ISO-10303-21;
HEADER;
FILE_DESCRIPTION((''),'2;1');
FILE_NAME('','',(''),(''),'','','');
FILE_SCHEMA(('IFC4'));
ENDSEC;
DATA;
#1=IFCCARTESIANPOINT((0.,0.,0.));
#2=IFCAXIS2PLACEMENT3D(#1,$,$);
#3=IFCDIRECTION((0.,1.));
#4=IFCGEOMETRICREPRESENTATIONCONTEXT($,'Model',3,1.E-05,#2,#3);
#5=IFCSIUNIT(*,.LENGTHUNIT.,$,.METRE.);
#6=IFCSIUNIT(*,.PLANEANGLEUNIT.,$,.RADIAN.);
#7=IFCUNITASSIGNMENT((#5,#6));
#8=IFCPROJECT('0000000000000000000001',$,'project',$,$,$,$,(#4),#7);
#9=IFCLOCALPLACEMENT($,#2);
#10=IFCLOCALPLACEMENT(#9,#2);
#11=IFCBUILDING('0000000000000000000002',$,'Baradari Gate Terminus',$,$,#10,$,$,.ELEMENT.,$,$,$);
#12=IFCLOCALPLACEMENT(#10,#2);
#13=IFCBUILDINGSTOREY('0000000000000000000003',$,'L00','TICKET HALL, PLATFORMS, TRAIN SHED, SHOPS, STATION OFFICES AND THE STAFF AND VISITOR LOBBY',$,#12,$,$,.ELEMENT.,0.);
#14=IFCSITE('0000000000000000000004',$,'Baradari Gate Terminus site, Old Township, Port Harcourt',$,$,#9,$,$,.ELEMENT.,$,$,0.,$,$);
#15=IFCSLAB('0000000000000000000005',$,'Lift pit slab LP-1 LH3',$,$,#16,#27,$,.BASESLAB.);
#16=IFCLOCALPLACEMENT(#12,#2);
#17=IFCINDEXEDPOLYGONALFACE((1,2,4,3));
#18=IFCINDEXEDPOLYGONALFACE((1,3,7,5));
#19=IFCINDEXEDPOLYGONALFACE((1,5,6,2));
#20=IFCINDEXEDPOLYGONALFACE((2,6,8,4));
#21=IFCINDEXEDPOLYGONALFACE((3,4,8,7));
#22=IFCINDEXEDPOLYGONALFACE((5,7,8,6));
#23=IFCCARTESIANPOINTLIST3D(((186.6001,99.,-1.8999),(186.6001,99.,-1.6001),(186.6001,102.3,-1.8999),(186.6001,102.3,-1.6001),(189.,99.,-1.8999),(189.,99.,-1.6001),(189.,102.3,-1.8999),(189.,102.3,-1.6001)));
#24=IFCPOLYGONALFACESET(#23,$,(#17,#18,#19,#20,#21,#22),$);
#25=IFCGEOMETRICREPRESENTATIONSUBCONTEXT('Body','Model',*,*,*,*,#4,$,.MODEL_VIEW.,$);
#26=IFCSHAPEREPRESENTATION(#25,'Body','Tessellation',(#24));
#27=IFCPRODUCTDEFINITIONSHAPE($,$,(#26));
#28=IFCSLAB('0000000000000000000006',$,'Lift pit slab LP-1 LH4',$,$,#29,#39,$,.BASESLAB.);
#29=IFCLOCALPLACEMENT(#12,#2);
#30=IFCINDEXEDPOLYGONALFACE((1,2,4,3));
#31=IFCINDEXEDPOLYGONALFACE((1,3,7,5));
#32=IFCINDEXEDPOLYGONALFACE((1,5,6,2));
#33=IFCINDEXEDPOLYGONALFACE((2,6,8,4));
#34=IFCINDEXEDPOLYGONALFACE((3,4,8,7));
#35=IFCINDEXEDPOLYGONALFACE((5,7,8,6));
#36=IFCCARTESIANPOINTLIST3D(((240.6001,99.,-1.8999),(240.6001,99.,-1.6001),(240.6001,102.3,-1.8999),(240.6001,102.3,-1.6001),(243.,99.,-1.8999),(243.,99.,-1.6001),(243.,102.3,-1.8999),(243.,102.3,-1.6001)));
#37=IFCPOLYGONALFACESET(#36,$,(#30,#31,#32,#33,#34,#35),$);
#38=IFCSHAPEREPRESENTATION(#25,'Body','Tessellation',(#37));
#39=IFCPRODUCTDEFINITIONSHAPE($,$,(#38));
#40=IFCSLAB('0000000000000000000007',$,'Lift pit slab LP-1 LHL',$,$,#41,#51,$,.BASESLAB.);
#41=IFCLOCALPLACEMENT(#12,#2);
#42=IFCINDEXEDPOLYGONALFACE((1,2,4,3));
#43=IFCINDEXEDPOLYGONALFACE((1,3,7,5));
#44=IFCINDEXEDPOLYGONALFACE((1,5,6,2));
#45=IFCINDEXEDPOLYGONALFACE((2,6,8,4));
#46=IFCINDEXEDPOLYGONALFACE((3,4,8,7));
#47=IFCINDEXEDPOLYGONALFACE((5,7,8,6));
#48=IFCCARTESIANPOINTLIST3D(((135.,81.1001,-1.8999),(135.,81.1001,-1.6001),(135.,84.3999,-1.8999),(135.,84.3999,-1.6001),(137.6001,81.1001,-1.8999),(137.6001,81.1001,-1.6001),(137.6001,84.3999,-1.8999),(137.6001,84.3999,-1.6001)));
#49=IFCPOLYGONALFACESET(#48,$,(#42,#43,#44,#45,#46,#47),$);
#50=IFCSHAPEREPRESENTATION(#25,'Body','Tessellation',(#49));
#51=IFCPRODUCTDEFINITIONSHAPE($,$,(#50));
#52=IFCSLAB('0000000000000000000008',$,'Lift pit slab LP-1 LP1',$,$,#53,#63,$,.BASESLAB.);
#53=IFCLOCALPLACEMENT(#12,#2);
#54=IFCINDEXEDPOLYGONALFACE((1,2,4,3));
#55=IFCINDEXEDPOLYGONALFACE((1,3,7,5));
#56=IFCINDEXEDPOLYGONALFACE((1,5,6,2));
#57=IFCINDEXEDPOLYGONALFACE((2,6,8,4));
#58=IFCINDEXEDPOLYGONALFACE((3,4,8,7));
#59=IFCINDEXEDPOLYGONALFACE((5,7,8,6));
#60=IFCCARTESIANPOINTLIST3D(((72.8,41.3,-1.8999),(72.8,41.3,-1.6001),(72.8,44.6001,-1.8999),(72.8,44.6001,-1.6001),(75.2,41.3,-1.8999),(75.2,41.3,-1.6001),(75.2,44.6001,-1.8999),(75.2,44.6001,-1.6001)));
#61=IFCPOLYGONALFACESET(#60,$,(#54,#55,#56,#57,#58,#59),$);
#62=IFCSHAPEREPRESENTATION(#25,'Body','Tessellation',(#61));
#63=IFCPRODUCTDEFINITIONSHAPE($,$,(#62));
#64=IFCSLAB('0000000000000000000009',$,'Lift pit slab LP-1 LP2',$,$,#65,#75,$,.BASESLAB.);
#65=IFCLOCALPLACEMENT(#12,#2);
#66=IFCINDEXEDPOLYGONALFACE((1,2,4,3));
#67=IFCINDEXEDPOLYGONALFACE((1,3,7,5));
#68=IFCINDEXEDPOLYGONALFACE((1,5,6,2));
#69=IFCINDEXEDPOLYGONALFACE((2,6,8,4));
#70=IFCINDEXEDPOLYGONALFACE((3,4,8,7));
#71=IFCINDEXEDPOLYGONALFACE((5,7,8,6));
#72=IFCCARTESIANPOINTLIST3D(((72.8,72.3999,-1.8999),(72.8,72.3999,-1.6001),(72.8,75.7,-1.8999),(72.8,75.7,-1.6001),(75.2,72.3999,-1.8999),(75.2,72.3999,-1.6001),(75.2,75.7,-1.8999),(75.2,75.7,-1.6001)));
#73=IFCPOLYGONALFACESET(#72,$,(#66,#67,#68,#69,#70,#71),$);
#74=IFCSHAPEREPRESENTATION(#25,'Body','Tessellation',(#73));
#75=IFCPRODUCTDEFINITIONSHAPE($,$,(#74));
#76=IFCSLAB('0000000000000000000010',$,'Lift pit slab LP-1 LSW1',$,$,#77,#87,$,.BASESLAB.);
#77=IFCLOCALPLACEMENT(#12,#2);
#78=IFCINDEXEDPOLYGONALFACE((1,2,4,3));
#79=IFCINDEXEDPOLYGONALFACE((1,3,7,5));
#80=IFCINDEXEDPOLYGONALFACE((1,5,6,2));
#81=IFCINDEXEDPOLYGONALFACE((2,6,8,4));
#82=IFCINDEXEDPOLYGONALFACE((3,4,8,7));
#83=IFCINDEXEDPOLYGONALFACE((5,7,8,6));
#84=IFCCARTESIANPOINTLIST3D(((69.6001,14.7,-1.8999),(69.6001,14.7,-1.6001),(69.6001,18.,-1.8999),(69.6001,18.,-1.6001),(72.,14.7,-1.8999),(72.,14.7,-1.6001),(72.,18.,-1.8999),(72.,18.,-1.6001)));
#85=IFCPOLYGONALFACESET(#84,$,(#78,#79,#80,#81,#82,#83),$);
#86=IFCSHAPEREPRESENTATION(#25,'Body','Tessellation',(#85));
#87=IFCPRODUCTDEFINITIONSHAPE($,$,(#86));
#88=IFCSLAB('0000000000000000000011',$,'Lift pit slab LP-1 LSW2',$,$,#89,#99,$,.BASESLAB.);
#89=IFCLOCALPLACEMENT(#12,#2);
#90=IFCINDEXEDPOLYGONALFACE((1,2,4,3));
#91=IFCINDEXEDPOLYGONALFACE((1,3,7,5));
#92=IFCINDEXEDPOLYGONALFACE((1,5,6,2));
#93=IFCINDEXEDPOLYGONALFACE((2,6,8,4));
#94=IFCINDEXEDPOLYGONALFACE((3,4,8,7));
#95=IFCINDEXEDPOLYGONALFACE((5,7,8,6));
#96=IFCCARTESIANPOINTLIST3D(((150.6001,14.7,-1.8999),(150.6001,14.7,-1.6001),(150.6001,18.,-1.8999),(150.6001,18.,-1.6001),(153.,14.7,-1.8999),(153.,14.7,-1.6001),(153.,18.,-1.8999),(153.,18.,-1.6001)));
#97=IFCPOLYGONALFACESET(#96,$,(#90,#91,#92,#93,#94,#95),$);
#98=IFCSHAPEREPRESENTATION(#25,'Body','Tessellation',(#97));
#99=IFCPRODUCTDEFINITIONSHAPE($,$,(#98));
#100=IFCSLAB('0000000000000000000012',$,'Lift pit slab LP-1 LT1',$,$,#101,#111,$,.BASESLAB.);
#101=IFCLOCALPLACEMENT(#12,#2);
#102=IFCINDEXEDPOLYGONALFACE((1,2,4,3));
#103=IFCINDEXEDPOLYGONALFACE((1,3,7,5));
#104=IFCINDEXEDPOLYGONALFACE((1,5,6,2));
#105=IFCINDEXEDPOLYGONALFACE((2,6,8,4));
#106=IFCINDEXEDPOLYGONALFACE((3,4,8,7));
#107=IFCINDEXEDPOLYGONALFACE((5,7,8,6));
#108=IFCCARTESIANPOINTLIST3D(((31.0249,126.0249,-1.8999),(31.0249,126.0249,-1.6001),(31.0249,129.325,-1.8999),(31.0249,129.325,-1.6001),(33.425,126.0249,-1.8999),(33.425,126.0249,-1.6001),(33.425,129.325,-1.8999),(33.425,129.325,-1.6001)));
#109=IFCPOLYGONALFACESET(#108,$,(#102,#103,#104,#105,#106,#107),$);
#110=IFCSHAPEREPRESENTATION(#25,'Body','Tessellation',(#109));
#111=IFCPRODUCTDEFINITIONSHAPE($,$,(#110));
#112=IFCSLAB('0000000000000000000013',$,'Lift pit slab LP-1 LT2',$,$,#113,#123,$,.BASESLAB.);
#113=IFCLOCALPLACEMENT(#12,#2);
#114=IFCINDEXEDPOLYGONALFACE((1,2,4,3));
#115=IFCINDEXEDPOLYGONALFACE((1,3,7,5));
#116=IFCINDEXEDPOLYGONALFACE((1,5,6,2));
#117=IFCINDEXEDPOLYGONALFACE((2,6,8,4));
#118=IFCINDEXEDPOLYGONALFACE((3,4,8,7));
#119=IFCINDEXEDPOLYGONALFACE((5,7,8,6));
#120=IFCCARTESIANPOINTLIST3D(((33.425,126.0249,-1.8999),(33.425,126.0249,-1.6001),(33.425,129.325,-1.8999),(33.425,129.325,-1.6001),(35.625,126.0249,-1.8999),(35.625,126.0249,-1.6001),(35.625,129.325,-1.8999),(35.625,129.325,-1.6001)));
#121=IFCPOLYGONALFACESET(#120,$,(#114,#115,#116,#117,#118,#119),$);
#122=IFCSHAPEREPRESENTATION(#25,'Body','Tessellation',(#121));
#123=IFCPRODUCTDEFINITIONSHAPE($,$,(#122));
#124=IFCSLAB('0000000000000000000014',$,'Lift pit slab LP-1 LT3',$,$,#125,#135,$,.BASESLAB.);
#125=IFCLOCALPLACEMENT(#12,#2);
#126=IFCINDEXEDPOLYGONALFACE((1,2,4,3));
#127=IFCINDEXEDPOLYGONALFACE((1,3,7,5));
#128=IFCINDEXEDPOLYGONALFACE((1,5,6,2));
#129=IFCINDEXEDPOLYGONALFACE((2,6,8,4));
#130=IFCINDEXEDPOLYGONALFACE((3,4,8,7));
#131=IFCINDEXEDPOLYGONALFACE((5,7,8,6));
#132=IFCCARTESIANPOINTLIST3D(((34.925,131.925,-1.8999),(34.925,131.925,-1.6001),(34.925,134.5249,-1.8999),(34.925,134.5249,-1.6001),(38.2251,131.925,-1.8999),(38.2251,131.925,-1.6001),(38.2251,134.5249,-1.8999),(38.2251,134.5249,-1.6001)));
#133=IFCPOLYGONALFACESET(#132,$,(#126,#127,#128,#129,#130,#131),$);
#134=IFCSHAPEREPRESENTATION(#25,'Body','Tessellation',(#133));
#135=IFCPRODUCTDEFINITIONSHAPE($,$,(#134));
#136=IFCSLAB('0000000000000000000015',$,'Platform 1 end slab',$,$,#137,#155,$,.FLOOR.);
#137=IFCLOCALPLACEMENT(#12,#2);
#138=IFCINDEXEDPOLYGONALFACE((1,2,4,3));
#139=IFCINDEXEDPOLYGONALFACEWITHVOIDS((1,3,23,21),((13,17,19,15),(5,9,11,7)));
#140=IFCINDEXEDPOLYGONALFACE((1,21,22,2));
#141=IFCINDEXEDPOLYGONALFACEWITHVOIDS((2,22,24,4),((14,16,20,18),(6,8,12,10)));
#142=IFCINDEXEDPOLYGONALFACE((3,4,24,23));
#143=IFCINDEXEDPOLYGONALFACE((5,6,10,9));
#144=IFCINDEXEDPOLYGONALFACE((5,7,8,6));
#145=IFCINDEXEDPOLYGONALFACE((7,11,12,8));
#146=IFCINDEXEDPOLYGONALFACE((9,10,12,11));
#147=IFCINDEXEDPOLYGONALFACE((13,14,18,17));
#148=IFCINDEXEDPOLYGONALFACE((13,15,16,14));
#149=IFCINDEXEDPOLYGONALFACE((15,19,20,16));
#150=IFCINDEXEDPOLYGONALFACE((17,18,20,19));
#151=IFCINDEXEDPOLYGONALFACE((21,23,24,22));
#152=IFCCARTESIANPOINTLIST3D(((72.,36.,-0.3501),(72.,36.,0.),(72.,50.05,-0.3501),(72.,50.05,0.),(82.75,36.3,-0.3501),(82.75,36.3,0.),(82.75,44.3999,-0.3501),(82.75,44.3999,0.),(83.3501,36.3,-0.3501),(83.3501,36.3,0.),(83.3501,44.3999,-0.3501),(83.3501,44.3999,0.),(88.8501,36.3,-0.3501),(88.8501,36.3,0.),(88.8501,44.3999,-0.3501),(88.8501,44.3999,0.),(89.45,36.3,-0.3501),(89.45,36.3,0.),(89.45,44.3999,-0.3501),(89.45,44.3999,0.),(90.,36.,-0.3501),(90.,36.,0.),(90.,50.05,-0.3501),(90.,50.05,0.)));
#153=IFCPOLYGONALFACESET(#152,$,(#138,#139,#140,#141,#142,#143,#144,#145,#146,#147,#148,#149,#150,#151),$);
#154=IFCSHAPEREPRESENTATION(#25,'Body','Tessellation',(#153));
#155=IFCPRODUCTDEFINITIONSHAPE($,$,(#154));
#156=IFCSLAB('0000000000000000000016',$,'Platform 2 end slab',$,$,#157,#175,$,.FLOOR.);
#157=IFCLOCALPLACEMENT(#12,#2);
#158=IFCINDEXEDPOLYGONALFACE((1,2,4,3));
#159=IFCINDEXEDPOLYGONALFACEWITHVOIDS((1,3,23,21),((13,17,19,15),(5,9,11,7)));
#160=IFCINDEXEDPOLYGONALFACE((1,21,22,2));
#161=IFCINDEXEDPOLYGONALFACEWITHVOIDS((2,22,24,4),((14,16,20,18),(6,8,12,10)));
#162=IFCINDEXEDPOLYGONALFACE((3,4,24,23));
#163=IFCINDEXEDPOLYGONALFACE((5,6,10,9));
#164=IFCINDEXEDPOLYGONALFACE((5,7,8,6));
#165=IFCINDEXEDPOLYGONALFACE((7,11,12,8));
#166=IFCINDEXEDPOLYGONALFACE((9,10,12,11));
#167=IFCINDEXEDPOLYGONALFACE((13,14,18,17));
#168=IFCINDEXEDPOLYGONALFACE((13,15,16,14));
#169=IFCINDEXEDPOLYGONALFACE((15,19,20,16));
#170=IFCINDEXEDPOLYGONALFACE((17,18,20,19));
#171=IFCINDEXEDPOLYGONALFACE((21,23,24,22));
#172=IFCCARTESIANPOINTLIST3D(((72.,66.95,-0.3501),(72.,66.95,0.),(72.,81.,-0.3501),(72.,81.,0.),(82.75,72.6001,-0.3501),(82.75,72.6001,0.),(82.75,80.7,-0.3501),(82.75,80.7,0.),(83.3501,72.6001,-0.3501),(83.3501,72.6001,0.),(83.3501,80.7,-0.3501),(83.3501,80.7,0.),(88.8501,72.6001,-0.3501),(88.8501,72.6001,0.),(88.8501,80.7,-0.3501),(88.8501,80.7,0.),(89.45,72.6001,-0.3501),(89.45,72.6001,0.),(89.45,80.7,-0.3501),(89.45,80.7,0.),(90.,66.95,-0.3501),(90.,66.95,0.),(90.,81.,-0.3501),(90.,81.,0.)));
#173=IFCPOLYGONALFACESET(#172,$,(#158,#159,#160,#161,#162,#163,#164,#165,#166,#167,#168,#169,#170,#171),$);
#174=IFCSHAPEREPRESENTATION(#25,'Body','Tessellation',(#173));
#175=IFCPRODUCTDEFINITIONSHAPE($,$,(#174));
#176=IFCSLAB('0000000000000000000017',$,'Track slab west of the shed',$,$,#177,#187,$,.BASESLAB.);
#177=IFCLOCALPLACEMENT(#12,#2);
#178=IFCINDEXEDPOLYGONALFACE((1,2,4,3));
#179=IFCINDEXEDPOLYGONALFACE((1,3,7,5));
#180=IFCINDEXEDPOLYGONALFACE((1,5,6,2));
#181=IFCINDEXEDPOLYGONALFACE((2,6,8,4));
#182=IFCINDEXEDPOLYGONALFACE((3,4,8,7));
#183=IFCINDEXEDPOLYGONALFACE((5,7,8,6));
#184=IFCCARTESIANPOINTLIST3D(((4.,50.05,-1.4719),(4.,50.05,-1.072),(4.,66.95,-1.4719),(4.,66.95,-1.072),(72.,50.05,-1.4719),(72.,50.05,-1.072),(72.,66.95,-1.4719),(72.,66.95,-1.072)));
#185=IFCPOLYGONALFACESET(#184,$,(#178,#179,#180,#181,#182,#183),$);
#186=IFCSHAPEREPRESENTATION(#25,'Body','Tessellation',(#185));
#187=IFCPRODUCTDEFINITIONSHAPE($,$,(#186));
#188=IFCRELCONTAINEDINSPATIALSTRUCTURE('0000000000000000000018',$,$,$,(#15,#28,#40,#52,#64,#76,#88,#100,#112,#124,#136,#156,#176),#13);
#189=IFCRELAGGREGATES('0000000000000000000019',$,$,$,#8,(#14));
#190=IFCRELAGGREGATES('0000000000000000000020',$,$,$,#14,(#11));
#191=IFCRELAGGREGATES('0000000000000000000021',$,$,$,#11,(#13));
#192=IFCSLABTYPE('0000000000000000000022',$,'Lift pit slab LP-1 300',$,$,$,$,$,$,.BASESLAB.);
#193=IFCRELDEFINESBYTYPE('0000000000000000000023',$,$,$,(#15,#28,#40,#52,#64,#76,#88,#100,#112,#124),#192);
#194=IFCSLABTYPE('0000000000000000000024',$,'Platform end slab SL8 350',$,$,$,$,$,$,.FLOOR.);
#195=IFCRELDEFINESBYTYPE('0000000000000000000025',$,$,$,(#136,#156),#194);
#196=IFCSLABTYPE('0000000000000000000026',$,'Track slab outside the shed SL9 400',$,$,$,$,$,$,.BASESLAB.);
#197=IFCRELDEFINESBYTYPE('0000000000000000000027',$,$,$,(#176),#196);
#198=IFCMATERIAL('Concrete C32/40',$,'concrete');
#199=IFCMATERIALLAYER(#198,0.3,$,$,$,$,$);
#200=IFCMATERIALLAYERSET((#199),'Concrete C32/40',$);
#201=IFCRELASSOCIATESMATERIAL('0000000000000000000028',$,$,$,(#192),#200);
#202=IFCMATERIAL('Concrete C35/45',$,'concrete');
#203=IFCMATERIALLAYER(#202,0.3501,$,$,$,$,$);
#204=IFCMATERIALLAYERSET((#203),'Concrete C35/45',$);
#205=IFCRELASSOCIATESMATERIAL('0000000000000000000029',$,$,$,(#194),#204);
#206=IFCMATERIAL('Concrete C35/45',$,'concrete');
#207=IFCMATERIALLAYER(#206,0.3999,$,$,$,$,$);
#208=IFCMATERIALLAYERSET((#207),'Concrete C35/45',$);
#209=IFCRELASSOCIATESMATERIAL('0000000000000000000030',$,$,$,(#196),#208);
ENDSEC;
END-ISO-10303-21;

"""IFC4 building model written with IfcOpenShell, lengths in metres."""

from ifc_helpers import new_model, si_unit, direction, frame, origin, place, context, subcontext, project, spatial, polyline, outline, extrude, material, layer, layer_set, type_object, element, save


model = new_model("IFC4")

# Units and contexts
model_context = context("Model", 3, precision=1e-05, world=origin(), true_north=direction((0.0, 1.0)))
body_context = subcontext(model_context, "Body", "Model", "MODEL_VIEW")
ifc_project = project(units=[si_unit("LENGTHUNIT", "METRE"), si_unit("PLANEANGLEUNIT", "RADIAN")], contexts=[model_context])

# Site, building, storey
site_placement = place(None, origin())
site = spatial("IfcSite", under=ifc_project, at=site_placement, Name="Baradari Gate Terminus site, Old Township, Port Harcourt", CompositionType="ELEMENT", RefElevation=0.0)
building_placement = place(site_placement, origin())
building = spatial("IfcBuilding", under=site, at=building_placement, Name="Baradari Gate Terminus", CompositionType="ELEMENT")
storey_placement = place(building_placement, origin())
storey = spatial("IfcBuildingStorey", under=building, at=storey_placement, Name="L00", Description="TICKET HALL, PLATFORMS, TRAIN SHED, SHOPS, STATION OFFICES AND THE STAFF AND VISITOR LOBBY", CompositionType="ELEMENT", Elevation=0.0)

# Slabs
ifc_material_1 = material(Name="Concrete C32/40", Category="concrete")
ifc_layer_1 = layer(ifc_material_1, 0.3)
ifc_layer_set_1 = layer_set([ifc_layer_1], Name="Concrete C32/40")
slab_type_1 = type_object("IfcSlabType", Name="Lift pit slab LP-1 300", PredefinedType="BASESLAB", material=ifc_layer_set_1)
slab_1_placement = place(storey_placement, frame((0.0, 0.0, -1.8999)))
element("IfcSlab", 1, at=slab_1_placement, inside=storey, type_object=slab_type_1, Name="Lift pit slab LP-1 LH3", PredefinedType="BASESLAB", context=body_context, shape_type="SweptSolid", body=[
    extrude(outline(polyline([(186.6001, 99.0), (186.6001, 102.3), (189.0, 102.3), (189.0, 99.0), (186.6001, 99.0)])), origin(), (0.0, 0.0, 1.0), 0.2998),
])
slab_2_placement = place(storey_placement, frame((0.0, 0.0, -1.8999)))
element("IfcSlab", 2, at=slab_2_placement, inside=storey, type_object=slab_type_1, Name="Lift pit slab LP-1 LH4", PredefinedType="BASESLAB", context=body_context, shape_type="SweptSolid", body=[
    extrude(outline(polyline([(240.6001, 99.0), (240.6001, 102.3), (243.0, 102.3), (243.0, 99.0), (240.6001, 99.0)])), origin(), (0.0, 0.0, 1.0), 0.2998),
])
slab_3_placement = place(storey_placement, frame((0.0, 0.0, -1.8999)))
element("IfcSlab", 3, at=slab_3_placement, inside=storey, type_object=slab_type_1, Name="Lift pit slab LP-1 LHL", PredefinedType="BASESLAB", context=body_context, shape_type="SweptSolid", body=[
    extrude(outline(polyline([(135.0, 81.1001), (135.0, 84.3999), (137.6001, 84.3999), (137.6001, 81.1001), (135.0, 81.1001)])), origin(), (0.0, 0.0, 1.0), 0.2998),
])
slab_4_placement = place(storey_placement, frame((0.0, 0.0, -1.8999)))
element("IfcSlab", 4, at=slab_4_placement, inside=storey, type_object=slab_type_1, Name="Lift pit slab LP-1 LP1", PredefinedType="BASESLAB", context=body_context, shape_type="SweptSolid", body=[
    extrude(outline(polyline([(72.8, 41.3), (72.8, 44.6001), (75.2, 44.6001), (75.2, 41.3), (72.8, 41.3)])), origin(), (0.0, 0.0, 1.0), 0.2998),
])
slab_5_placement = place(storey_placement, frame((0.0, 0.0, -1.8999)))
element("IfcSlab", 5, at=slab_5_placement, inside=storey, type_object=slab_type_1, Name="Lift pit slab LP-1 LP2", PredefinedType="BASESLAB", context=body_context, shape_type="SweptSolid", body=[
    extrude(outline(polyline([(72.8, 72.3999), (72.8, 75.7), (75.2, 75.7), (75.2, 72.3999), (72.8, 72.3999)])), origin(), (0.0, 0.0, 1.0), 0.2998),
])
slab_6_placement = place(storey_placement, frame((0.0, 0.0, -1.8999)))
element("IfcSlab", 6, at=slab_6_placement, inside=storey, type_object=slab_type_1, Name="Lift pit slab LP-1 LSW1", PredefinedType="BASESLAB", context=body_context, shape_type="SweptSolid", body=[
    extrude(outline(polyline([(69.6001, 14.7), (69.6001, 18.0), (72.0, 18.0), (72.0, 14.7), (69.6001, 14.7)])), origin(), (0.0, 0.0, 1.0), 0.2998),
])
slab_7_placement = place(storey_placement, frame((0.0, 0.0, -1.8999)))
element("IfcSlab", 7, at=slab_7_placement, inside=storey, type_object=slab_type_1, Name="Lift pit slab LP-1 LSW2", PredefinedType="BASESLAB", context=body_context, shape_type="SweptSolid", body=[
    extrude(outline(polyline([(150.6001, 14.7), (150.6001, 18.0), (153.0, 18.0), (153.0, 14.7), (150.6001, 14.7)])), origin(), (0.0, 0.0, 1.0), 0.2998),
])
slab_8_placement = place(storey_placement, frame((0.0, 0.0, -1.8999)))
element("IfcSlab", 8, at=slab_8_placement, inside=storey, type_object=slab_type_1, Name="Lift pit slab LP-1 LT1", PredefinedType="BASESLAB", context=body_context, shape_type="SweptSolid", body=[
    extrude(outline(polyline([(31.0249, 126.0249), (31.0249, 129.325), (33.425, 129.325), (33.425, 126.0249), (31.0249, 126.0249)])), origin(), (0.0, 0.0, 1.0), 0.2998),
])
slab_9_placement = place(storey_placement, frame((0.0, 0.0, -1.8999)))
element("IfcSlab", 9, at=slab_9_placement, inside=storey, type_object=slab_type_1, Name="Lift pit slab LP-1 LT2", PredefinedType="BASESLAB", context=body_context, shape_type="SweptSolid", body=[
    extrude(outline(polyline([(35.625, 129.325), (35.625, 126.0249), (33.425, 126.0249), (33.425, 129.325), (35.625, 129.325)])), origin(), (0.0, 0.0, 1.0), 0.2998),
])
slab_10_placement = place(storey_placement, frame((0.0, 0.0, -1.8999)))
element("IfcSlab", 10, at=slab_10_placement, inside=storey, type_object=slab_type_1, Name="Lift pit slab LP-1 LT3", PredefinedType="BASESLAB", context=body_context, shape_type="SweptSolid", body=[
    extrude(outline(polyline([(34.925, 131.925), (34.925, 134.5249), (38.2251, 134.5249), (38.2251, 131.925), (34.925, 131.925)])), origin(), (0.0, 0.0, 1.0), 0.2998),
])
ifc_material_2 = material(Name="Concrete C35/45", Category="concrete")
ifc_layer_2 = layer(ifc_material_2, 0.3501)
ifc_layer_set_2 = layer_set([ifc_layer_2], Name="Concrete C35/45")
slab_type_2 = type_object("IfcSlabType", Name="Platform end slab SL8 350", PredefinedType="FLOOR", material=ifc_layer_set_2)
slab_11_placement = place(storey_placement, frame((0.0, 0.0, -0.3501)))
element("IfcSlab", 11, at=slab_11_placement, inside=storey, type_object=slab_type_2, Name="Platform 1 end slab", PredefinedType="FLOOR", context=body_context, shape_type="SweptSolid", body=[
    extrude(outline(polyline([(72.0, 36.0), (90.0, 36.0), (90.0, 50.05), (72.0, 50.05), (72.0, 36.0)]), holes=[polyline([(83.3501, 36.3), (83.3501, 44.3999), (82.75, 44.3999), (82.75, 36.3), (83.3501, 36.3)]), polyline([(89.45, 36.3), (89.45, 44.3999), (88.8501, 44.3999), (88.8501, 36.3), (89.45, 36.3)])]), origin(), (0.0, 0.0, 1.0), 0.3501),
])
slab_12_placement = place(storey_placement, frame((0.0, 0.0, -0.3501)))
element("IfcSlab", 12, at=slab_12_placement, inside=storey, type_object=slab_type_2, Name="Platform 2 end slab", PredefinedType="FLOOR", context=body_context, shape_type="SweptSolid", body=[
    extrude(outline(polyline([(72.0, 66.95), (90.0, 66.95), (90.0, 81.0), (72.0, 81.0), (72.0, 66.95)]), holes=[polyline([(83.3501, 72.6001), (83.3501, 80.7), (82.75, 80.7), (82.75, 72.6001), (83.3501, 72.6001)]), polyline([(89.45, 72.6001), (89.45, 80.7), (88.8501, 80.7), (88.8501, 72.6001), (89.45, 72.6001)])]), origin(), (0.0, 0.0, 1.0), 0.3501),
])
ifc_material_3 = material(Name="Concrete C35/45", Category="concrete")
ifc_layer_3 = layer(ifc_material_3, 0.3999)
ifc_layer_set_3 = layer_set([ifc_layer_3], Name="Concrete C35/45")
slab_type_3 = type_object("IfcSlabType", Name="Track slab outside the shed SL9 400", PredefinedType="BASESLAB", material=ifc_layer_set_3)
slab_13_placement = place(storey_placement, frame((0.0, 0.0, -1.4719)))
element("IfcSlab", 13, at=slab_13_placement, inside=storey, type_object=slab_type_3, Name="Track slab west of the shed", PredefinedType="BASESLAB", context=body_context, shape_type="SweptSolid", body=[
    extrude(outline(polyline([(72.0, 50.05), (72.0, 66.95), (4.0, 66.95), (4.0, 50.05), (72.0, 50.05)])), origin(), (0.0, 0.0, 1.0), 0.3999),
])

save(model, "model.ifc")
